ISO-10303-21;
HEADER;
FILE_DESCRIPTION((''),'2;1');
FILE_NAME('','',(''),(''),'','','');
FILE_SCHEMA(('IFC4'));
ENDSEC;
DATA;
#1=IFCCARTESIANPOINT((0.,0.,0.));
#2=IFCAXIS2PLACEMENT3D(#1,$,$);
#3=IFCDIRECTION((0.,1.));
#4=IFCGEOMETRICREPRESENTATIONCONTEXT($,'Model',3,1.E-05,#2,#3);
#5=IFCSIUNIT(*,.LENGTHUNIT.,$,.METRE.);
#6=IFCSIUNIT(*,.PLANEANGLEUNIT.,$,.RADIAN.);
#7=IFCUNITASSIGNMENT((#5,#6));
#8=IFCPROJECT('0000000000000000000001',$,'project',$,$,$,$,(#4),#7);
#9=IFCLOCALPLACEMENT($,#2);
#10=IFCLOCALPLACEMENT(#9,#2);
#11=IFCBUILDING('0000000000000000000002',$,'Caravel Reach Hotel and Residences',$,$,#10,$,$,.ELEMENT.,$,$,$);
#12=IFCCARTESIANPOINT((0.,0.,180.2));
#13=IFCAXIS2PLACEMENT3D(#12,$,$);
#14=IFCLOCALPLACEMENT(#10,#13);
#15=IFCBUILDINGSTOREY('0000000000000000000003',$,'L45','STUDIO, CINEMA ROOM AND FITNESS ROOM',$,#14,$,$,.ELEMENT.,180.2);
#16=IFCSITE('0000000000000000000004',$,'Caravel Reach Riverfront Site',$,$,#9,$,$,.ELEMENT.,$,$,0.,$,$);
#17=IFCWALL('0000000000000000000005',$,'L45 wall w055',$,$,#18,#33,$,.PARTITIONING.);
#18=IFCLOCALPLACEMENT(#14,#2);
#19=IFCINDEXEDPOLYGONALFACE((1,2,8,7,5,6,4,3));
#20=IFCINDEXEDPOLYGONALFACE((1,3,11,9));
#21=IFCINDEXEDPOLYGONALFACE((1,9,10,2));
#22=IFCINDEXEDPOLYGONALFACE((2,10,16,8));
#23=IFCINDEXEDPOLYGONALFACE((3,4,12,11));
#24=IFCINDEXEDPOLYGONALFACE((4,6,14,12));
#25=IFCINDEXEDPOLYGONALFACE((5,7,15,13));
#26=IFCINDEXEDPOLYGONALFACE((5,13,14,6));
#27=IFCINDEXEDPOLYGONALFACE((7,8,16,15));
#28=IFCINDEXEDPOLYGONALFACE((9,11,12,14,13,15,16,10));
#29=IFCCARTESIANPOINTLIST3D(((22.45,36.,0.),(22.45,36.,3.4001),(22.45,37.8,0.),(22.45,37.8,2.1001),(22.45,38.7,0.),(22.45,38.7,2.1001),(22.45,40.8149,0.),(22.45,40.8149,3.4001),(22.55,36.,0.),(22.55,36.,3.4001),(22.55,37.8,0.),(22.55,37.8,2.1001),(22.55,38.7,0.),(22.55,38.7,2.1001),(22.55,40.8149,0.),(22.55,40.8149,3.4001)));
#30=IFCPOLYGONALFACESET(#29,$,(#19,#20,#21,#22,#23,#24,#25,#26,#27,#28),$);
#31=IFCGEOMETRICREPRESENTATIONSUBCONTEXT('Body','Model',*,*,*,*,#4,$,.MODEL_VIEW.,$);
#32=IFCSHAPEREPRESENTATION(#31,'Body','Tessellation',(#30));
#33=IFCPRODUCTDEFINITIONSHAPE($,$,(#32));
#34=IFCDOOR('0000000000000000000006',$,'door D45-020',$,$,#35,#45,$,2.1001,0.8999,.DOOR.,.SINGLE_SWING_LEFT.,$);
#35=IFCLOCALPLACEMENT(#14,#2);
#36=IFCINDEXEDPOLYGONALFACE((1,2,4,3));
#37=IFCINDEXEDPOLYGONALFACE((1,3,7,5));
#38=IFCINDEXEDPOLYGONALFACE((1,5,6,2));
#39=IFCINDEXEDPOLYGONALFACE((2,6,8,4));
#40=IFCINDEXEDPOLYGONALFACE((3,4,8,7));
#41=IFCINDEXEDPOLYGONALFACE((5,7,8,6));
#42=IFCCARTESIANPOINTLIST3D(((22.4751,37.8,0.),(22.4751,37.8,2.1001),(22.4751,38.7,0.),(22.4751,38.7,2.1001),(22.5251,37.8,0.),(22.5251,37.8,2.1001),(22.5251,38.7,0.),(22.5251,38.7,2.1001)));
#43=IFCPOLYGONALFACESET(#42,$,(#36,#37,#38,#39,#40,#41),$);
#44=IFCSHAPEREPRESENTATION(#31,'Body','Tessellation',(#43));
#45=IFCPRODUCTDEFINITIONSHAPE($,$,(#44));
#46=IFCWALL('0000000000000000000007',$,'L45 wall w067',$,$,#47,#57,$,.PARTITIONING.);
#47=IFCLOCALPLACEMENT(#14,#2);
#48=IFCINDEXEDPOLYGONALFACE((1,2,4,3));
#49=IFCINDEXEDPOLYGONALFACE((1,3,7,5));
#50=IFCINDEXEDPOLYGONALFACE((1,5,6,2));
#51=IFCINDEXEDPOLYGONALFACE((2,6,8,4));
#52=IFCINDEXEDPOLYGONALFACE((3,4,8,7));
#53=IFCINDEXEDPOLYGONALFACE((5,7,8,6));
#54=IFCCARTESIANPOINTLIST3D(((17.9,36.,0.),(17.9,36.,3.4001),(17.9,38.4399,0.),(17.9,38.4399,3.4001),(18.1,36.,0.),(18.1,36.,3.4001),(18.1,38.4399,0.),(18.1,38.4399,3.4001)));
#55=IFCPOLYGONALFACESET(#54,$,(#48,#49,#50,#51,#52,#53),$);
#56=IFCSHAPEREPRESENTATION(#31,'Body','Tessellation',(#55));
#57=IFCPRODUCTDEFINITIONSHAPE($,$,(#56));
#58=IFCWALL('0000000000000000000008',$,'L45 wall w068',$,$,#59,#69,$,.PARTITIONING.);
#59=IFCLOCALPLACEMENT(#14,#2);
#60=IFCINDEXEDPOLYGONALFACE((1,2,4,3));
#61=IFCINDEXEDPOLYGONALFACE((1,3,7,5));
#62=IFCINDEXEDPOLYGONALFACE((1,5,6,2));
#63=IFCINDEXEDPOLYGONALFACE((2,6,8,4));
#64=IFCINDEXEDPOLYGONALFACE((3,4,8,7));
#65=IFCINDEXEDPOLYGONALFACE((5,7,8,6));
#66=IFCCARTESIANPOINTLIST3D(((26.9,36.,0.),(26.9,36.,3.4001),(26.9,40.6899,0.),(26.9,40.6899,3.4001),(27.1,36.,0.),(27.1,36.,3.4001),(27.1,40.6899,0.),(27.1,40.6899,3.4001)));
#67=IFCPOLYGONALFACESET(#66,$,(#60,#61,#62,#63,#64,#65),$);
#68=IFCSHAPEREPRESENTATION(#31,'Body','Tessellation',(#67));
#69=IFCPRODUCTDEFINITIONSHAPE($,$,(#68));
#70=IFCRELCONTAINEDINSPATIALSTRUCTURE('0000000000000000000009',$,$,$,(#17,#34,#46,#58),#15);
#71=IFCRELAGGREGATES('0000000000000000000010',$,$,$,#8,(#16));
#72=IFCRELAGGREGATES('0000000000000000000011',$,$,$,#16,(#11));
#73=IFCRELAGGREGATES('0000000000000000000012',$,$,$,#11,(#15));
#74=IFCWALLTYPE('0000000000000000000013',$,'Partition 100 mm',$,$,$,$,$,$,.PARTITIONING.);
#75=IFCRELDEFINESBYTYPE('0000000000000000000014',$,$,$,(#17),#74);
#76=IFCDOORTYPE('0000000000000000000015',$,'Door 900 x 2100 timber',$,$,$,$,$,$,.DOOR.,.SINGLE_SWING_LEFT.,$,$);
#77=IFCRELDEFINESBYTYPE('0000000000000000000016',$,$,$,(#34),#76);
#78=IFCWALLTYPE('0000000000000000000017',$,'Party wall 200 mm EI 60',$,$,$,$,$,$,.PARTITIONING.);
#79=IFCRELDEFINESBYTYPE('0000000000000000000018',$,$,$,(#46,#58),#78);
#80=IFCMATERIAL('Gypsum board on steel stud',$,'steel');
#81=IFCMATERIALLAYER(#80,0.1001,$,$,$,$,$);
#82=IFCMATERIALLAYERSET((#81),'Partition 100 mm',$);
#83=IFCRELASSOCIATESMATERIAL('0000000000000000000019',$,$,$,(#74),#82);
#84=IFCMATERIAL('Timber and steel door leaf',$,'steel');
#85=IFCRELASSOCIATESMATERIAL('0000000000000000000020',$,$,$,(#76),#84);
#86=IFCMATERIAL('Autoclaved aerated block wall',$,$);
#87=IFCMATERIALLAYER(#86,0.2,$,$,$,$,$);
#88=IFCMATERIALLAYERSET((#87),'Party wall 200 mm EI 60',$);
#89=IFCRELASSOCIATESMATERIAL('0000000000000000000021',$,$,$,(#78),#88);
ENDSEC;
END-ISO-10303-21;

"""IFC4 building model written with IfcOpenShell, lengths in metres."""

from ifc_helpers import new_model, si_unit, direction, frame, frame_2d, origin, place, context, subcontext, project, spatial, rectangle, extrude, material, layer, layer_set, type_object, element, fill, save


model = new_model("IFC4")

# Units and contexts
model_context = context("Model", 3, precision=1e-05, world=origin(), true_north=direction((0.0, 1.0)))
body_context = subcontext(model_context, "Body", "Model", "MODEL_VIEW")
ifc_project = project(units=[si_unit("LENGTHUNIT", "METRE"), si_unit("PLANEANGLEUNIT", "RADIAN")], contexts=[model_context])

# Site, building, storey
site_placement = place(None, origin())
site = spatial("IfcSite", under=ifc_project, at=site_placement, Name="Caravel Reach Riverfront Site", CompositionType="ELEMENT", RefElevation=0.0)
building_placement = place(site_placement, origin())
building = spatial("IfcBuilding", under=site, at=building_placement, Name="Caravel Reach Hotel and Residences", CompositionType="ELEMENT")
storey_placement = place(building_placement, frame((0.0, 0.0, 180.2)))
storey = spatial("IfcBuildingStorey", under=building, at=storey_placement, Name="L45", Description="STUDIO, CINEMA ROOM AND FITNESS ROOM", CompositionType="ELEMENT", Elevation=180.2)

# Shared definitions
ifc_material_1 = material(Name="Gypsum board on steel stud", Category="steel")
ifc_layer_1 = layer(ifc_material_1, 0.1001)
ifc_layer_set_1 = layer_set([ifc_layer_1], Name="Partition 100 mm")
wall_type_1 = type_object("IfcWallType", Name="Partition 100 mm", PredefinedType="PARTITIONING", material=ifc_layer_set_1)

# Wall, opening, door
ifc_material_2 = material(Name="Timber and steel door leaf", Category="steel")
door_type = type_object("IfcDoorType", Name="Door 900 x 2100 timber", OperationType="SINGLE_SWING_LEFT", PredefinedType="DOOR", material=ifc_material_2)
wall_1_placement = place(storey_placement, frame((22.5, 36.0, 0.0), z_axis=(0.0, 0.0, 1.0), x_axis=(0.0, 1.0, 0.0)))
wall_1 = element("IfcWall", 1, at=wall_1_placement, inside=storey, type_object=wall_type_1, Name="L45 wall w055", PredefinedType="PARTITIONING", context=body_context, shape_type="SweptSolid", body=[
    extrude(rectangle(XDim=4.8149, YDim=0.1001, at=frame_2d((2.4075, 0.0))), origin(), (0.0, 0.0, 1.0), 3.4001),
])
opening_1_placement = place(wall_1_placement, frame((1.8, 0.0, 0.0)))
opening_1 = element("IfcOpeningElement", 2, at=opening_1_placement, cuts=wall_1, PredefinedType="OPENING", context=body_context, shape_type="SweptSolid", body=[
    extrude(rectangle(XDim=0.8999, YDim=2.1001, at=frame_2d((0.45, 1.05))), frame((0.0, 0.0601, 0.0), z_axis=(0.0, -1.0, 0.0), x_axis=(1.0, 0.0, 0.0)), (0.0, 0.0, 1.0), 0.1201),
])
door_1_placement = place(opening_1_placement, origin())
door_1 = element("IfcDoor", 3, at=door_1_placement, inside=storey, type_object=door_type, Name="door D45-020", OperationType="SINGLE_SWING_LEFT", OverallHeight=2.1001, OverallWidth=0.8999, PredefinedType="DOOR", context=body_context, shape_type="SweptSolid", body=[
    extrude(rectangle(XDim=0.8999, YDim=2.1001, at=frame_2d((0.45, 1.05))), frame((0.0, 0.0249, 0.0), z_axis=(0.0, -1.0, 0.0), x_axis=(1.0, 0.0, 0.0)), (0.0, 0.0, 1.0), 0.05),
])
fill(opening_1, door_1)

# Walls
ifc_material_3 = material(Name="Autoclaved aerated block wall")
ifc_layer_2 = layer(ifc_material_3, 0.2)
ifc_layer_set_2 = layer_set([ifc_layer_2], Name="Party wall 200 mm EI 60")
wall_type_2 = type_object("IfcWallType", Name="Party wall 200 mm EI 60", PredefinedType="PARTITIONING", material=ifc_layer_set_2)
wall_2_placement = place(storey_placement, frame((18.0, 36.0, 0.0), z_axis=(0.0, 0.0, 1.0), x_axis=(0.0, 1.0, 0.0)))
element("IfcWall", 4, at=wall_2_placement, inside=storey, type_object=wall_type_2, Name="L45 wall w067", PredefinedType="PARTITIONING", context=body_context, shape_type="SweptSolid", body=[
    extrude(rectangle(XDim=2.4399, YDim=0.2, at=frame_2d((1.22, 0.0))), origin(), (0.0, 0.0, 1.0), 3.4001),
])
wall_3_placement = place(storey_placement, frame((27.0, 36.0, 0.0), z_axis=(0.0, 0.0, 1.0), x_axis=(0.0, 1.0, 0.0)))
element("IfcWall", 5, at=wall_3_placement, inside=storey, type_object=wall_type_2, Name="L45 wall w068", PredefinedType="PARTITIONING", context=body_context, shape_type="SweptSolid", body=[
    extrude(rectangle(XDim=4.6899, YDim=0.2, at=frame_2d((2.345, 0.0))), origin(), (0.0, 0.0, 1.0), 3.4001),
])

save(model, "model.ifc")
